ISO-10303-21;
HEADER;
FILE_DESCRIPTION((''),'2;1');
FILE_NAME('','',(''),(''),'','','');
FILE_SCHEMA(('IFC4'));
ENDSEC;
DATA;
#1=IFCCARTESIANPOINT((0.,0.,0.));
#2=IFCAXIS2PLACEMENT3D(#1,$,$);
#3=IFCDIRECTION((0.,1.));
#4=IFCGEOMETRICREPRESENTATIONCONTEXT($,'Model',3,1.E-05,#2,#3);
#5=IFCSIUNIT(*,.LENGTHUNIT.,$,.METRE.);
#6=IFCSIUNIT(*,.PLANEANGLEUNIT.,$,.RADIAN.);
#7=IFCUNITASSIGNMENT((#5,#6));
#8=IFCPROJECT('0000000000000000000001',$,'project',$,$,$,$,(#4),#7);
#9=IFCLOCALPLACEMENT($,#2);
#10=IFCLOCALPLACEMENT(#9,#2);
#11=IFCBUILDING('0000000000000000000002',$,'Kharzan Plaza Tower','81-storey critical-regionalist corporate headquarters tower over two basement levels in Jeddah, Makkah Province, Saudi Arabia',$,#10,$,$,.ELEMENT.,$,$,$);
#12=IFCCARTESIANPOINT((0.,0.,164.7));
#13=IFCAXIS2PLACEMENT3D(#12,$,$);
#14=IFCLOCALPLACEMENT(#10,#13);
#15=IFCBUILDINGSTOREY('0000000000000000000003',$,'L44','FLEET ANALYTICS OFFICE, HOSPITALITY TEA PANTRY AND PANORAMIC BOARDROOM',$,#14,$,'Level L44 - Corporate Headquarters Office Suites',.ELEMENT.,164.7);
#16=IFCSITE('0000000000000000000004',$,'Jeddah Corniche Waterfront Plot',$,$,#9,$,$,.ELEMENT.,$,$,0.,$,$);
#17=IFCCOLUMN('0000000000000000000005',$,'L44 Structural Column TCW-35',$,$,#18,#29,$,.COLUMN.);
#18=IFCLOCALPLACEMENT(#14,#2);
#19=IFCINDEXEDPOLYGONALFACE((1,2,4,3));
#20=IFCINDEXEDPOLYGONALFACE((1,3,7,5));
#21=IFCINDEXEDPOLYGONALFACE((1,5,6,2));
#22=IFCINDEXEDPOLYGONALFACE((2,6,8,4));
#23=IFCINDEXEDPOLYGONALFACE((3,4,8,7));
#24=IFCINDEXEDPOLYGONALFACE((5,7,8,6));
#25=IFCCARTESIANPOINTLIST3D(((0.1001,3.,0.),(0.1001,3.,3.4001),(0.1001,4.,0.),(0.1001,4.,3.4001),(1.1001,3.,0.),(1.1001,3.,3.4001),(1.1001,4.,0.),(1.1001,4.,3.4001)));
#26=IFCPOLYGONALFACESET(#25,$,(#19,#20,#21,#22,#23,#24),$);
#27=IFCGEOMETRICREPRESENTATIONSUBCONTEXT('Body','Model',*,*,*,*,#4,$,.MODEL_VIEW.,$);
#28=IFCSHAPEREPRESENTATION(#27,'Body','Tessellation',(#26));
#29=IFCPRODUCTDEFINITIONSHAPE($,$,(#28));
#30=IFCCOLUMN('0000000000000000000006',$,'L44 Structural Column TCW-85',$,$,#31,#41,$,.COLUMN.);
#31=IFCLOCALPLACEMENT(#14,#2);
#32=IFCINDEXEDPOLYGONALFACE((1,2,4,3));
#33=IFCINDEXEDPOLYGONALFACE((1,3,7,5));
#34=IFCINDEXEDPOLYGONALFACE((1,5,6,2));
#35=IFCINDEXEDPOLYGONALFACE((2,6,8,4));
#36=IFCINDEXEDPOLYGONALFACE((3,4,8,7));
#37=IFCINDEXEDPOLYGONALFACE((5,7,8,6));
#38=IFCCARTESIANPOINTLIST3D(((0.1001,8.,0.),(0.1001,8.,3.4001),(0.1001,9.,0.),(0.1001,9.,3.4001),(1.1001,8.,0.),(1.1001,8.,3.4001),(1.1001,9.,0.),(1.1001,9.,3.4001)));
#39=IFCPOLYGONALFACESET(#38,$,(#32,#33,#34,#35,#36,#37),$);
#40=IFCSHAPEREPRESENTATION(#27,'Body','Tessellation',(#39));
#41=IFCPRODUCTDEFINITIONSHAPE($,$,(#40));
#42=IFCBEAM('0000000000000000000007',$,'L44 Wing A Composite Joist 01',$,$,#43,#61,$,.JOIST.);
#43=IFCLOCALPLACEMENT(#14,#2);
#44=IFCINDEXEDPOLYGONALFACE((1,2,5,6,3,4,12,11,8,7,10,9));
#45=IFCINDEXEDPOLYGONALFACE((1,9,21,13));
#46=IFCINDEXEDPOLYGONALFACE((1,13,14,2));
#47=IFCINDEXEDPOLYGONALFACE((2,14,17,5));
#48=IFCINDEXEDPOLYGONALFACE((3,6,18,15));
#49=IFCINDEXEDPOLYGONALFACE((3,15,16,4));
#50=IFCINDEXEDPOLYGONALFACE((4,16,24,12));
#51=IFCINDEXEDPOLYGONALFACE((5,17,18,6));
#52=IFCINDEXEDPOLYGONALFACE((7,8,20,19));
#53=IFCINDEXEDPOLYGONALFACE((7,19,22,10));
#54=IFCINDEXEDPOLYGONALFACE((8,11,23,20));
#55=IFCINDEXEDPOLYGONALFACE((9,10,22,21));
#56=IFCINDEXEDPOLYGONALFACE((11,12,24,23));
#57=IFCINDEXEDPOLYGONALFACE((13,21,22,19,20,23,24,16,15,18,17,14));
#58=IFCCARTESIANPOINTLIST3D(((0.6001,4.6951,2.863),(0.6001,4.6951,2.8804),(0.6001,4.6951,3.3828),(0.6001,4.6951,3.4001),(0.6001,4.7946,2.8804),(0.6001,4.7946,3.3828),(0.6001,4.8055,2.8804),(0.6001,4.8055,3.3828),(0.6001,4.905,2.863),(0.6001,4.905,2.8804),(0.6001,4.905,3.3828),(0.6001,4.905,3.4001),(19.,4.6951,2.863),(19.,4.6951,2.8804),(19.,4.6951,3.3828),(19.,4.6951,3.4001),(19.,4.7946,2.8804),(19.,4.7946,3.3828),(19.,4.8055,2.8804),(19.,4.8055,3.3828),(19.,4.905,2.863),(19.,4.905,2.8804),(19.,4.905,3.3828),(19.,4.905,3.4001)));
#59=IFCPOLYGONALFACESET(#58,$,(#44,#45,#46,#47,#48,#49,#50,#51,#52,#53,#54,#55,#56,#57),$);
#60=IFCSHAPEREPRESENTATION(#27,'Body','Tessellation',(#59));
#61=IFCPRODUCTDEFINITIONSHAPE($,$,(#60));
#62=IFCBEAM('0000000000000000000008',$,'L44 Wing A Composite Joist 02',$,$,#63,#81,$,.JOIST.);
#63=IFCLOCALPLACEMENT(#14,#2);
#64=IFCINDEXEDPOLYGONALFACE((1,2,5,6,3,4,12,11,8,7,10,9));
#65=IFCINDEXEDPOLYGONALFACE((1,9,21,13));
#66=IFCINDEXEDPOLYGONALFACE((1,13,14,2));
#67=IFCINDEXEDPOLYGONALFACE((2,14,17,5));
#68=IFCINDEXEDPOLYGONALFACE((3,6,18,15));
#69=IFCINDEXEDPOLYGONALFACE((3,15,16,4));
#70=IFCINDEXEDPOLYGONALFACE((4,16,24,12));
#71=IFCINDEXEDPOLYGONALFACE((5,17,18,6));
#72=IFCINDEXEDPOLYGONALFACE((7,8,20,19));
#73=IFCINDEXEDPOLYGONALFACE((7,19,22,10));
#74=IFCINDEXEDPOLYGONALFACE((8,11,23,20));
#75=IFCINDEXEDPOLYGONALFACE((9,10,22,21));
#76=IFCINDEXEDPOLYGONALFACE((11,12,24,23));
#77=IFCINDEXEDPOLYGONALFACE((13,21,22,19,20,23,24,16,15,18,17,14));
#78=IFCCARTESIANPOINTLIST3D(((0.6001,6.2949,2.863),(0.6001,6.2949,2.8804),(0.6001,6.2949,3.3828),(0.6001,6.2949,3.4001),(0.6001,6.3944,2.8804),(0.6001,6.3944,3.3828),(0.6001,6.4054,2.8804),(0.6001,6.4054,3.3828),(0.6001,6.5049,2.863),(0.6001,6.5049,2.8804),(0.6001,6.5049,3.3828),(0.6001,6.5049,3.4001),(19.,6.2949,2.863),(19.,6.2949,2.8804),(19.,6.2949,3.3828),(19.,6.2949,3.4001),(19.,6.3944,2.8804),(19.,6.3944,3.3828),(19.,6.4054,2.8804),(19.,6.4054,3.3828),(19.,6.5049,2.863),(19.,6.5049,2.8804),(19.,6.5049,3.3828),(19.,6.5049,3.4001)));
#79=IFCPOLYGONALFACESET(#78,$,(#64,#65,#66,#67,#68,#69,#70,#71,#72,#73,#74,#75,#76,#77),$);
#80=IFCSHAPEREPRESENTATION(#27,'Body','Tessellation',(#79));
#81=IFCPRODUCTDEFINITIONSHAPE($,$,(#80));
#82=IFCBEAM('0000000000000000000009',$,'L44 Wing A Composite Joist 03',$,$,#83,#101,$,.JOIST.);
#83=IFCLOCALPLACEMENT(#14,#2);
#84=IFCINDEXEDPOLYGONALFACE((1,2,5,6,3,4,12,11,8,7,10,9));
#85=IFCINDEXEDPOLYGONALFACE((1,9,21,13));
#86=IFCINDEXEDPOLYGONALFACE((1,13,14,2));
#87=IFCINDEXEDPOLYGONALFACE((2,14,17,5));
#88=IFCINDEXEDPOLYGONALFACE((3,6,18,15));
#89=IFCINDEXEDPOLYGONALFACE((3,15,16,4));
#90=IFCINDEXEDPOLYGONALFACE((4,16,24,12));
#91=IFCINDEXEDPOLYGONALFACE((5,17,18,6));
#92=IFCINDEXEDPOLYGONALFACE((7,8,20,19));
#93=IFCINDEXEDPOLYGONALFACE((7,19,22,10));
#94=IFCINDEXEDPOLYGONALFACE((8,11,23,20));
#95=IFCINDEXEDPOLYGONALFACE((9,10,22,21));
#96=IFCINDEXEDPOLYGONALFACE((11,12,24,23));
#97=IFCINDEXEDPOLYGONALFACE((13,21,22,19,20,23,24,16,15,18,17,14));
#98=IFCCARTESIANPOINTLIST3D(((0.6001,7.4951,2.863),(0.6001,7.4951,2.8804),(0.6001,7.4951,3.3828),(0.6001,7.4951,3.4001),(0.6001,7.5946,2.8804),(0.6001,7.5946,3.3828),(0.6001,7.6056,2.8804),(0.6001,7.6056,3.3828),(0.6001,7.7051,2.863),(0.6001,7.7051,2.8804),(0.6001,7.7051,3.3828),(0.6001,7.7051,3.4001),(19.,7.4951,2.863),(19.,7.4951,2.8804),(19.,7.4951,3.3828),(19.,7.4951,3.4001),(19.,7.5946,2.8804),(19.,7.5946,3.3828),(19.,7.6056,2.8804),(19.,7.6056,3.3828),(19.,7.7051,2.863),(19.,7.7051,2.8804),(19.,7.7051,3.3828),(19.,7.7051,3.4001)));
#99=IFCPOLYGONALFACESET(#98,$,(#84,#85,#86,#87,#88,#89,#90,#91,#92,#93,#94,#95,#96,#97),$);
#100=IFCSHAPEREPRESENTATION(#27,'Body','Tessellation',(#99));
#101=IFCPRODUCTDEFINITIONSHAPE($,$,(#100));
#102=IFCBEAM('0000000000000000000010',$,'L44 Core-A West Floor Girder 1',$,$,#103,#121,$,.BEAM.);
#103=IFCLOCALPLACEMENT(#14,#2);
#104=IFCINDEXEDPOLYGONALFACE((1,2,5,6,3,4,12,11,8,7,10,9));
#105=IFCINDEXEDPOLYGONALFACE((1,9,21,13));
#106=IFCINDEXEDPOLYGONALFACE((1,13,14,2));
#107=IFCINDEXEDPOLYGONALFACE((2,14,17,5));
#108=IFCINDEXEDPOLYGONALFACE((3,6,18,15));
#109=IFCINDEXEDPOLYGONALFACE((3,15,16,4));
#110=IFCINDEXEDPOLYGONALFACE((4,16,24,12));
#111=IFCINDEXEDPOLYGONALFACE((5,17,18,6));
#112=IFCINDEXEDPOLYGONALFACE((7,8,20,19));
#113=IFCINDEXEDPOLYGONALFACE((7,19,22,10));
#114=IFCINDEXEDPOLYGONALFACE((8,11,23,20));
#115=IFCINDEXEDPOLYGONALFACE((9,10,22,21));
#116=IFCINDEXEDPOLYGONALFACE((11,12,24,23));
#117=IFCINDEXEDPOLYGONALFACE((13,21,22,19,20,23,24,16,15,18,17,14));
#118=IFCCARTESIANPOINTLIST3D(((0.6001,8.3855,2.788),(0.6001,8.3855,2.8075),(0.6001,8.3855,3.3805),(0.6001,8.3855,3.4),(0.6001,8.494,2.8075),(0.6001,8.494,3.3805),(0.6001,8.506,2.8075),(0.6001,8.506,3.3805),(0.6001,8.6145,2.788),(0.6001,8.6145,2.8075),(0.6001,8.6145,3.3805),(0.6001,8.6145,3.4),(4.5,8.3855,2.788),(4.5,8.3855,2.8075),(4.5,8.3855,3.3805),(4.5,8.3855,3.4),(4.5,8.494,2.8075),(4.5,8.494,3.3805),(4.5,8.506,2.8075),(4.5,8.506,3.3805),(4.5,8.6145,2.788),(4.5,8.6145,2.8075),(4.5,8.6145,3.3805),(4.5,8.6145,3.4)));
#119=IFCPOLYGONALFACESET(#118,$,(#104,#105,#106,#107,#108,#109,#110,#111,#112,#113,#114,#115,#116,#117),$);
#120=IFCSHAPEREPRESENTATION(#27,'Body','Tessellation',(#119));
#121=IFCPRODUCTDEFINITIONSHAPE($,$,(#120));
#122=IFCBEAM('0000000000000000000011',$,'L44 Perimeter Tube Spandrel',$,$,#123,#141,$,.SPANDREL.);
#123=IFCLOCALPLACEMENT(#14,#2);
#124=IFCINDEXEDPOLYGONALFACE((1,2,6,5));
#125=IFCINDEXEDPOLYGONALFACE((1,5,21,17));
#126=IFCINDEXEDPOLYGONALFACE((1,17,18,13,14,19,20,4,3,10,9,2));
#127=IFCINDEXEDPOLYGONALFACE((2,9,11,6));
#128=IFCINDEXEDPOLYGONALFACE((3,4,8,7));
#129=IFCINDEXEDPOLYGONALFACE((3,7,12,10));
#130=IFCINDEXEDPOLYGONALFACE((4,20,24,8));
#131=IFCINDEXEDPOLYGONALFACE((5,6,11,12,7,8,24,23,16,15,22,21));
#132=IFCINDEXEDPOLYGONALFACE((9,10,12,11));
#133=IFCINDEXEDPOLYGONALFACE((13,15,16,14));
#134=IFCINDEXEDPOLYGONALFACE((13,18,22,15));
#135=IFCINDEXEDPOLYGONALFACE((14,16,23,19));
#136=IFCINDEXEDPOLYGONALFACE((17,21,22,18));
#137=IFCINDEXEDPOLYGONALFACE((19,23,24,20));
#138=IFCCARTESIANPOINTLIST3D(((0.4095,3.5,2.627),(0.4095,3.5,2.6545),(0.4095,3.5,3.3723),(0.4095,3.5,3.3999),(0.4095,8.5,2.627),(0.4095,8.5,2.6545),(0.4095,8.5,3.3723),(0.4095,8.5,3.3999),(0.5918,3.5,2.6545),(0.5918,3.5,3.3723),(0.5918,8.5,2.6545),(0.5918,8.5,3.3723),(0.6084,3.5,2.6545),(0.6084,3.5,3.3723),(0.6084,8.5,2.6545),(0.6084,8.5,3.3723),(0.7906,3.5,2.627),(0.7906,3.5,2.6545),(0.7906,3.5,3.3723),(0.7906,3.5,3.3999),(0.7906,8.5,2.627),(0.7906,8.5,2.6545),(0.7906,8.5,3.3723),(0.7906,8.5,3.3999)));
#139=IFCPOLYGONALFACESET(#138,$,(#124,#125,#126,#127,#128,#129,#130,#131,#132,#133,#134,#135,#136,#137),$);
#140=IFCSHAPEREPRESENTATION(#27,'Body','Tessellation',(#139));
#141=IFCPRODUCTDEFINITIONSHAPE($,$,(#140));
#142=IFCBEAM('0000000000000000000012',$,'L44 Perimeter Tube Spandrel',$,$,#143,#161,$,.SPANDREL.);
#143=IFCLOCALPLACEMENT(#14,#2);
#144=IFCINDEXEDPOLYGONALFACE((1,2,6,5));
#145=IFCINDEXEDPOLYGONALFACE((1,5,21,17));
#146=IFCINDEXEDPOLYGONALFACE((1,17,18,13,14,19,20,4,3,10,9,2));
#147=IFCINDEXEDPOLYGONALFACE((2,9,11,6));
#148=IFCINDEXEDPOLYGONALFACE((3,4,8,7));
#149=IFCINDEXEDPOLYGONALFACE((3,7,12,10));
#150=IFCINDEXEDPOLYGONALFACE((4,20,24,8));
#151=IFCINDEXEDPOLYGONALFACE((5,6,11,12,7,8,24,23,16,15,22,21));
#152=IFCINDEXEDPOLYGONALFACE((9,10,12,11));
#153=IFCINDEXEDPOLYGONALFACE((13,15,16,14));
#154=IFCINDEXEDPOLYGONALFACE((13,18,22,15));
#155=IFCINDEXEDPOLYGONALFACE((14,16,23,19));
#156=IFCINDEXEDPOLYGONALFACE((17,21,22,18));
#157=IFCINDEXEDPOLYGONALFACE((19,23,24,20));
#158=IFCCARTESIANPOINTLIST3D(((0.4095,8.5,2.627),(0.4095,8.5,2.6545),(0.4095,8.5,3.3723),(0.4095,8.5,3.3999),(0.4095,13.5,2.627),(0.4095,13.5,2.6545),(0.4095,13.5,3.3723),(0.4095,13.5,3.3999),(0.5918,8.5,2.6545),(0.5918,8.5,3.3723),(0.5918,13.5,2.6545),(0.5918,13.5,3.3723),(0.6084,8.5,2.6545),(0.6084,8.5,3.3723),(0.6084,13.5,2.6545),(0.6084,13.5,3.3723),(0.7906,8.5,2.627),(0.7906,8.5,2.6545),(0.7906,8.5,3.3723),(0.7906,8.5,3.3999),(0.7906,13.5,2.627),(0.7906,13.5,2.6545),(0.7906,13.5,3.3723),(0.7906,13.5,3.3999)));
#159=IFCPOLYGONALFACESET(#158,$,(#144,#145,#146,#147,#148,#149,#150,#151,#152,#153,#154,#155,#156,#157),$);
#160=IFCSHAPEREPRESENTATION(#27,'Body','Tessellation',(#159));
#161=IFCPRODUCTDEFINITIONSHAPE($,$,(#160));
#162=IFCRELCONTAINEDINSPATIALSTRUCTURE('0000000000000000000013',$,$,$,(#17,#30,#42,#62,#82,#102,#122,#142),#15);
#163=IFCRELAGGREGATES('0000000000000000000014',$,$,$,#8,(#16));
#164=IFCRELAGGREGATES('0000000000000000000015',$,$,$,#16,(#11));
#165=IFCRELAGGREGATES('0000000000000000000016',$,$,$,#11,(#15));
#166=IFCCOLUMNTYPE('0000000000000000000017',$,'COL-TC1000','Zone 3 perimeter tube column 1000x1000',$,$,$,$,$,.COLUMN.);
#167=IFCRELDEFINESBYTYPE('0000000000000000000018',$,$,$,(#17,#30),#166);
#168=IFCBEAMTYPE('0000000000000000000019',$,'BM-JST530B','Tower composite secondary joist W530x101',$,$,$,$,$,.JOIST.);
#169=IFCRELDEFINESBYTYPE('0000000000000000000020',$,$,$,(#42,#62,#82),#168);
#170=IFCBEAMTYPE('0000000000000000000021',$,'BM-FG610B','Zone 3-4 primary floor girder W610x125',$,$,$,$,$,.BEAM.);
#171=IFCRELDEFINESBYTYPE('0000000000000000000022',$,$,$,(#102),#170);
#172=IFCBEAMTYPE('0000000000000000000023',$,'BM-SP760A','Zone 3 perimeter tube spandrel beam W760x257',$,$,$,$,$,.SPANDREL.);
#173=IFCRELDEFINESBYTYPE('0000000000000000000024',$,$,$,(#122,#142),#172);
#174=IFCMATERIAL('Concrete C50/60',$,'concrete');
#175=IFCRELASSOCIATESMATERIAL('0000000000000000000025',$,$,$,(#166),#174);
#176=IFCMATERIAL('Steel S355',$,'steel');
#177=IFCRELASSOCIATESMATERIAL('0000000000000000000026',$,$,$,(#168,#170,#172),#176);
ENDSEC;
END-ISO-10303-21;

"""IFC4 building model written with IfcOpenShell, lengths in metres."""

from ifc_helpers import new_model, si_unit, direction, frame, origin, origin_2d, place, context, subcontext, project, spatial, rectangle, i_section, extrude, source, transform, mapped, material, material_profile, profile_set, type_object, element, save


model = new_model("IFC4")

# Units and contexts
model_context = context("Model", 3, precision=1e-05, world=origin(), true_north=direction((0.0, 1.0)))
body_context = subcontext(model_context, "Body", "Model", "MODEL_VIEW")
ifc_project = project(units=[si_unit("LENGTHUNIT", "METRE"), si_unit("PLANEANGLEUNIT", "RADIAN")], contexts=[model_context])

# Site, building, storey
site_placement = place(None, origin())
site = spatial("IfcSite", under=ifc_project, at=site_placement, Name="Jeddah Corniche Waterfront Plot", CompositionType="ELEMENT", RefElevation=0.0)
building_placement = place(site_placement, origin())
building = spatial("IfcBuilding", under=site, at=building_placement, Name="Kharzan Plaza Tower", Description="81-storey critical-regionalist corporate headquarters tower over two basement levels in Jeddah, Makkah Province, Saudi Arabia", CompositionType="ELEMENT")
storey_placement = place(building_placement, frame((0.0, 0.0, 164.7)))
storey = spatial("IfcBuildingStorey", under=building, at=storey_placement, Name="L44", Description="FLEET ANALYTICS OFFICE, HOSPITALITY TEA PANTRY AND PANORAMIC BOARDROOM", LongName="Level L44 - Corporate Headquarters Office Suites", CompositionType="ELEMENT", Elevation=164.7)

# Columns
ifc_material_1 = material(Name="Concrete C50/60", Category="concrete")
ifc_material_profile_1 = material_profile(ifc_material_1, rectangle(XDim=1.0, YDim=1.0, at=origin_2d()), Name="RC-TC1000x1000")
ifc_profile_set_1 = profile_set([ifc_material_profile_1], Name="Concrete C50/60")
column_type = type_object("IfcColumnType", Name="COL-TC1000", Description="Zone 3 perimeter tube column 1000x1000", PredefinedType="COLUMN", material=ifc_profile_set_1)
shared_shape_1 = source(origin(), body_context, "Body", "SweptSolid", [
    extrude(rectangle(XDim=1.0, YDim=1.0, at=origin_2d()), origin(), (0.0, 0.0, 1.0), 3.4001),
])
for number, where, z_axis, x_axis, name in (
    (1, (0.6001, 3.5, 0.0), (0.0, 0.0, 1.0), (1.0, 0.0, 0.0), "L44 Structural Column TCW-35"),
    (2, (0.6001, 8.5, 0.0), (0.0, 0.0, 1.0), (1.0, 0.0, 0.0), "L44 Structural Column TCW-85"),
):
    element("IfcColumn", number, at=place(storey_placement, frame(where, z_axis=z_axis, x_axis=x_axis)), inside=storey, type_object=column_type, Name=name, PredefinedType="COLUMN", context=body_context, shape_type="MappedRepresentation", body=[
        mapped(shared_shape_1, transform((0.0, 0.0, 0.0), x_axis=(1.0, 0.0, 0.0), y_axis=(0.0, 1.0, 0.0), z_axis=(0.0, 0.0, 1.0))),
    ])

# Beams
ifc_material_2 = material(Name="Steel S355", Category="steel")
ifc_material_profile_2 = material_profile(ifc_material_2, i_section(OverallWidth=0.21, OverallDepth=0.5371, WebThickness=0.011, FlangeThickness=0.0173, at=origin_2d()), Name="W530x101")
ifc_profile_set_2 = profile_set([ifc_material_profile_2], Name="Steel S355")
beam_type_1 = type_object("IfcBeamType", Name="BM-JST530B", Description="Tower composite secondary joist W530x101", PredefinedType="JOIST", material=ifc_profile_set_2)
shared_shape_2 = source(origin(), body_context, "Body", "SweptSolid", [
    extrude(i_section(OverallWidth=0.21, OverallDepth=0.5371, WebThickness=0.011, FlangeThickness=0.0173, at=origin_2d()), origin(), (0.0, 0.0, 1.0), 18.3999),
])
for number, where, z_axis, x_axis, name in (
    (3, (0.6001, 4.8, 3.1316), (1.0, 0.0, 0.0), (0.0, 1.0, 0.0), "L44 Wing A Composite Joist 01"),
    (4, (0.6001, 6.3999, 3.1316), (1.0, 0.0, 0.0), (0.0, 1.0, 0.0), "L44 Wing A Composite Joist 02"),
    (5, (0.6001, 7.6001, 3.1316), (1.0, 0.0, 0.0), (0.0, 1.0, 0.0), "L44 Wing A Composite Joist 03"),
):
    element("IfcBeam", number, at=place(storey_placement, frame(where, z_axis=z_axis, x_axis=x_axis)), inside=storey, type_object=beam_type_1, Name=name, PredefinedType="JOIST", context=body_context, shape_type="MappedRepresentation", body=[
        mapped(shared_shape_2, transform((0.0, 0.0, 0.0), x_axis=(1.0, 0.0, 0.0), y_axis=(0.0, 1.0, 0.0), z_axis=(0.0, 0.0, 1.0))),
    ])
ifc_material_profile_3 = material_profile(ifc_material_2, i_section(OverallWidth=0.229, OverallDepth=0.6121, WebThickness=0.012, FlangeThickness=0.0195, at=origin_2d()), Name="W610x125")
ifc_profile_set_3 = profile_set([ifc_material_profile_3], Name="Steel S355")
beam_type_2 = type_object("IfcBeamType", Name="BM-FG610B", Description="Zone 3-4 primary floor girder W610x125", PredefinedType="BEAM", material=ifc_profile_set_3)
shared_shape_3 = source(origin(), body_context, "Body", "SweptSolid", [
    extrude(i_section(OverallWidth=0.229, OverallDepth=0.6121, WebThickness=0.012, FlangeThickness=0.0195, at=origin_2d()), origin(), (0.0, 0.0, 1.0), 3.8999),
])
beam_placement = place(storey_placement, frame((0.6001, 8.5, 3.094), z_axis=(1.0, 0.0, 0.0), x_axis=(0.0, 1.0, 0.0)))
element("IfcBeam", 6, at=beam_placement, inside=storey, type_object=beam_type_2, Name="L44 Core-A West Floor Girder 1", PredefinedType="BEAM", context=body_context, shape_type="MappedRepresentation", body=[
    mapped(shared_shape_3, transform((0.0, 0.0, 0.0), x_axis=(1.0, 0.0, 0.0), y_axis=(0.0, 1.0, 0.0), z_axis=(0.0, 0.0, 1.0))),
])
ifc_material_profile_4 = material_profile(ifc_material_2, i_section(OverallWidth=0.3811, OverallDepth=0.7729, WebThickness=0.0166, FlangeThickness=0.0276, at=origin_2d()), Name="W760x257")
ifc_profile_set_4 = profile_set([ifc_material_profile_4], Name="Steel S355")
beam_type_3 = type_object("IfcBeamType", Name="BM-SP760A", Description="Zone 3 perimeter tube spandrel beam W760x257", PredefinedType="SPANDREL", material=ifc_profile_set_4)
shared_shape_4 = source(origin(), body_context, "Body", "SweptSolid", [
    extrude(i_section(OverallWidth=0.3811, OverallDepth=0.7729, WebThickness=0.0166, FlangeThickness=0.0276, at=origin_2d()), origin(), (0.0, 0.0, 1.0), 5.0),
])
for number, where, z_axis, x_axis, name in (
    (7, (0.6001, 3.5, 3.0134), (0.0, 1.0, 0.0), (-1.0, 0.0, 0.0), "L44 Perimeter Tube Spandrel"),
    (8, (0.6001, 8.5, 3.0134), (0.0, 1.0, 0.0), (-1.0, 0.0, 0.0), "L44 Perimeter Tube Spandrel"),
):
    element("IfcBeam", number, at=place(storey_placement, frame(where, z_axis=z_axis, x_axis=x_axis)), inside=storey, type_object=beam_type_3, Name=name, PredefinedType="SPANDREL", context=body_context, shape_type="MappedRepresentation", body=[
        mapped(shared_shape_4, transform((0.0, 0.0, 0.0), x_axis=(1.0, 0.0, 0.0), y_axis=(0.0, 1.0, 0.0), z_axis=(0.0, 0.0, 1.0))),
    ])

save(model, "model.ifc")
